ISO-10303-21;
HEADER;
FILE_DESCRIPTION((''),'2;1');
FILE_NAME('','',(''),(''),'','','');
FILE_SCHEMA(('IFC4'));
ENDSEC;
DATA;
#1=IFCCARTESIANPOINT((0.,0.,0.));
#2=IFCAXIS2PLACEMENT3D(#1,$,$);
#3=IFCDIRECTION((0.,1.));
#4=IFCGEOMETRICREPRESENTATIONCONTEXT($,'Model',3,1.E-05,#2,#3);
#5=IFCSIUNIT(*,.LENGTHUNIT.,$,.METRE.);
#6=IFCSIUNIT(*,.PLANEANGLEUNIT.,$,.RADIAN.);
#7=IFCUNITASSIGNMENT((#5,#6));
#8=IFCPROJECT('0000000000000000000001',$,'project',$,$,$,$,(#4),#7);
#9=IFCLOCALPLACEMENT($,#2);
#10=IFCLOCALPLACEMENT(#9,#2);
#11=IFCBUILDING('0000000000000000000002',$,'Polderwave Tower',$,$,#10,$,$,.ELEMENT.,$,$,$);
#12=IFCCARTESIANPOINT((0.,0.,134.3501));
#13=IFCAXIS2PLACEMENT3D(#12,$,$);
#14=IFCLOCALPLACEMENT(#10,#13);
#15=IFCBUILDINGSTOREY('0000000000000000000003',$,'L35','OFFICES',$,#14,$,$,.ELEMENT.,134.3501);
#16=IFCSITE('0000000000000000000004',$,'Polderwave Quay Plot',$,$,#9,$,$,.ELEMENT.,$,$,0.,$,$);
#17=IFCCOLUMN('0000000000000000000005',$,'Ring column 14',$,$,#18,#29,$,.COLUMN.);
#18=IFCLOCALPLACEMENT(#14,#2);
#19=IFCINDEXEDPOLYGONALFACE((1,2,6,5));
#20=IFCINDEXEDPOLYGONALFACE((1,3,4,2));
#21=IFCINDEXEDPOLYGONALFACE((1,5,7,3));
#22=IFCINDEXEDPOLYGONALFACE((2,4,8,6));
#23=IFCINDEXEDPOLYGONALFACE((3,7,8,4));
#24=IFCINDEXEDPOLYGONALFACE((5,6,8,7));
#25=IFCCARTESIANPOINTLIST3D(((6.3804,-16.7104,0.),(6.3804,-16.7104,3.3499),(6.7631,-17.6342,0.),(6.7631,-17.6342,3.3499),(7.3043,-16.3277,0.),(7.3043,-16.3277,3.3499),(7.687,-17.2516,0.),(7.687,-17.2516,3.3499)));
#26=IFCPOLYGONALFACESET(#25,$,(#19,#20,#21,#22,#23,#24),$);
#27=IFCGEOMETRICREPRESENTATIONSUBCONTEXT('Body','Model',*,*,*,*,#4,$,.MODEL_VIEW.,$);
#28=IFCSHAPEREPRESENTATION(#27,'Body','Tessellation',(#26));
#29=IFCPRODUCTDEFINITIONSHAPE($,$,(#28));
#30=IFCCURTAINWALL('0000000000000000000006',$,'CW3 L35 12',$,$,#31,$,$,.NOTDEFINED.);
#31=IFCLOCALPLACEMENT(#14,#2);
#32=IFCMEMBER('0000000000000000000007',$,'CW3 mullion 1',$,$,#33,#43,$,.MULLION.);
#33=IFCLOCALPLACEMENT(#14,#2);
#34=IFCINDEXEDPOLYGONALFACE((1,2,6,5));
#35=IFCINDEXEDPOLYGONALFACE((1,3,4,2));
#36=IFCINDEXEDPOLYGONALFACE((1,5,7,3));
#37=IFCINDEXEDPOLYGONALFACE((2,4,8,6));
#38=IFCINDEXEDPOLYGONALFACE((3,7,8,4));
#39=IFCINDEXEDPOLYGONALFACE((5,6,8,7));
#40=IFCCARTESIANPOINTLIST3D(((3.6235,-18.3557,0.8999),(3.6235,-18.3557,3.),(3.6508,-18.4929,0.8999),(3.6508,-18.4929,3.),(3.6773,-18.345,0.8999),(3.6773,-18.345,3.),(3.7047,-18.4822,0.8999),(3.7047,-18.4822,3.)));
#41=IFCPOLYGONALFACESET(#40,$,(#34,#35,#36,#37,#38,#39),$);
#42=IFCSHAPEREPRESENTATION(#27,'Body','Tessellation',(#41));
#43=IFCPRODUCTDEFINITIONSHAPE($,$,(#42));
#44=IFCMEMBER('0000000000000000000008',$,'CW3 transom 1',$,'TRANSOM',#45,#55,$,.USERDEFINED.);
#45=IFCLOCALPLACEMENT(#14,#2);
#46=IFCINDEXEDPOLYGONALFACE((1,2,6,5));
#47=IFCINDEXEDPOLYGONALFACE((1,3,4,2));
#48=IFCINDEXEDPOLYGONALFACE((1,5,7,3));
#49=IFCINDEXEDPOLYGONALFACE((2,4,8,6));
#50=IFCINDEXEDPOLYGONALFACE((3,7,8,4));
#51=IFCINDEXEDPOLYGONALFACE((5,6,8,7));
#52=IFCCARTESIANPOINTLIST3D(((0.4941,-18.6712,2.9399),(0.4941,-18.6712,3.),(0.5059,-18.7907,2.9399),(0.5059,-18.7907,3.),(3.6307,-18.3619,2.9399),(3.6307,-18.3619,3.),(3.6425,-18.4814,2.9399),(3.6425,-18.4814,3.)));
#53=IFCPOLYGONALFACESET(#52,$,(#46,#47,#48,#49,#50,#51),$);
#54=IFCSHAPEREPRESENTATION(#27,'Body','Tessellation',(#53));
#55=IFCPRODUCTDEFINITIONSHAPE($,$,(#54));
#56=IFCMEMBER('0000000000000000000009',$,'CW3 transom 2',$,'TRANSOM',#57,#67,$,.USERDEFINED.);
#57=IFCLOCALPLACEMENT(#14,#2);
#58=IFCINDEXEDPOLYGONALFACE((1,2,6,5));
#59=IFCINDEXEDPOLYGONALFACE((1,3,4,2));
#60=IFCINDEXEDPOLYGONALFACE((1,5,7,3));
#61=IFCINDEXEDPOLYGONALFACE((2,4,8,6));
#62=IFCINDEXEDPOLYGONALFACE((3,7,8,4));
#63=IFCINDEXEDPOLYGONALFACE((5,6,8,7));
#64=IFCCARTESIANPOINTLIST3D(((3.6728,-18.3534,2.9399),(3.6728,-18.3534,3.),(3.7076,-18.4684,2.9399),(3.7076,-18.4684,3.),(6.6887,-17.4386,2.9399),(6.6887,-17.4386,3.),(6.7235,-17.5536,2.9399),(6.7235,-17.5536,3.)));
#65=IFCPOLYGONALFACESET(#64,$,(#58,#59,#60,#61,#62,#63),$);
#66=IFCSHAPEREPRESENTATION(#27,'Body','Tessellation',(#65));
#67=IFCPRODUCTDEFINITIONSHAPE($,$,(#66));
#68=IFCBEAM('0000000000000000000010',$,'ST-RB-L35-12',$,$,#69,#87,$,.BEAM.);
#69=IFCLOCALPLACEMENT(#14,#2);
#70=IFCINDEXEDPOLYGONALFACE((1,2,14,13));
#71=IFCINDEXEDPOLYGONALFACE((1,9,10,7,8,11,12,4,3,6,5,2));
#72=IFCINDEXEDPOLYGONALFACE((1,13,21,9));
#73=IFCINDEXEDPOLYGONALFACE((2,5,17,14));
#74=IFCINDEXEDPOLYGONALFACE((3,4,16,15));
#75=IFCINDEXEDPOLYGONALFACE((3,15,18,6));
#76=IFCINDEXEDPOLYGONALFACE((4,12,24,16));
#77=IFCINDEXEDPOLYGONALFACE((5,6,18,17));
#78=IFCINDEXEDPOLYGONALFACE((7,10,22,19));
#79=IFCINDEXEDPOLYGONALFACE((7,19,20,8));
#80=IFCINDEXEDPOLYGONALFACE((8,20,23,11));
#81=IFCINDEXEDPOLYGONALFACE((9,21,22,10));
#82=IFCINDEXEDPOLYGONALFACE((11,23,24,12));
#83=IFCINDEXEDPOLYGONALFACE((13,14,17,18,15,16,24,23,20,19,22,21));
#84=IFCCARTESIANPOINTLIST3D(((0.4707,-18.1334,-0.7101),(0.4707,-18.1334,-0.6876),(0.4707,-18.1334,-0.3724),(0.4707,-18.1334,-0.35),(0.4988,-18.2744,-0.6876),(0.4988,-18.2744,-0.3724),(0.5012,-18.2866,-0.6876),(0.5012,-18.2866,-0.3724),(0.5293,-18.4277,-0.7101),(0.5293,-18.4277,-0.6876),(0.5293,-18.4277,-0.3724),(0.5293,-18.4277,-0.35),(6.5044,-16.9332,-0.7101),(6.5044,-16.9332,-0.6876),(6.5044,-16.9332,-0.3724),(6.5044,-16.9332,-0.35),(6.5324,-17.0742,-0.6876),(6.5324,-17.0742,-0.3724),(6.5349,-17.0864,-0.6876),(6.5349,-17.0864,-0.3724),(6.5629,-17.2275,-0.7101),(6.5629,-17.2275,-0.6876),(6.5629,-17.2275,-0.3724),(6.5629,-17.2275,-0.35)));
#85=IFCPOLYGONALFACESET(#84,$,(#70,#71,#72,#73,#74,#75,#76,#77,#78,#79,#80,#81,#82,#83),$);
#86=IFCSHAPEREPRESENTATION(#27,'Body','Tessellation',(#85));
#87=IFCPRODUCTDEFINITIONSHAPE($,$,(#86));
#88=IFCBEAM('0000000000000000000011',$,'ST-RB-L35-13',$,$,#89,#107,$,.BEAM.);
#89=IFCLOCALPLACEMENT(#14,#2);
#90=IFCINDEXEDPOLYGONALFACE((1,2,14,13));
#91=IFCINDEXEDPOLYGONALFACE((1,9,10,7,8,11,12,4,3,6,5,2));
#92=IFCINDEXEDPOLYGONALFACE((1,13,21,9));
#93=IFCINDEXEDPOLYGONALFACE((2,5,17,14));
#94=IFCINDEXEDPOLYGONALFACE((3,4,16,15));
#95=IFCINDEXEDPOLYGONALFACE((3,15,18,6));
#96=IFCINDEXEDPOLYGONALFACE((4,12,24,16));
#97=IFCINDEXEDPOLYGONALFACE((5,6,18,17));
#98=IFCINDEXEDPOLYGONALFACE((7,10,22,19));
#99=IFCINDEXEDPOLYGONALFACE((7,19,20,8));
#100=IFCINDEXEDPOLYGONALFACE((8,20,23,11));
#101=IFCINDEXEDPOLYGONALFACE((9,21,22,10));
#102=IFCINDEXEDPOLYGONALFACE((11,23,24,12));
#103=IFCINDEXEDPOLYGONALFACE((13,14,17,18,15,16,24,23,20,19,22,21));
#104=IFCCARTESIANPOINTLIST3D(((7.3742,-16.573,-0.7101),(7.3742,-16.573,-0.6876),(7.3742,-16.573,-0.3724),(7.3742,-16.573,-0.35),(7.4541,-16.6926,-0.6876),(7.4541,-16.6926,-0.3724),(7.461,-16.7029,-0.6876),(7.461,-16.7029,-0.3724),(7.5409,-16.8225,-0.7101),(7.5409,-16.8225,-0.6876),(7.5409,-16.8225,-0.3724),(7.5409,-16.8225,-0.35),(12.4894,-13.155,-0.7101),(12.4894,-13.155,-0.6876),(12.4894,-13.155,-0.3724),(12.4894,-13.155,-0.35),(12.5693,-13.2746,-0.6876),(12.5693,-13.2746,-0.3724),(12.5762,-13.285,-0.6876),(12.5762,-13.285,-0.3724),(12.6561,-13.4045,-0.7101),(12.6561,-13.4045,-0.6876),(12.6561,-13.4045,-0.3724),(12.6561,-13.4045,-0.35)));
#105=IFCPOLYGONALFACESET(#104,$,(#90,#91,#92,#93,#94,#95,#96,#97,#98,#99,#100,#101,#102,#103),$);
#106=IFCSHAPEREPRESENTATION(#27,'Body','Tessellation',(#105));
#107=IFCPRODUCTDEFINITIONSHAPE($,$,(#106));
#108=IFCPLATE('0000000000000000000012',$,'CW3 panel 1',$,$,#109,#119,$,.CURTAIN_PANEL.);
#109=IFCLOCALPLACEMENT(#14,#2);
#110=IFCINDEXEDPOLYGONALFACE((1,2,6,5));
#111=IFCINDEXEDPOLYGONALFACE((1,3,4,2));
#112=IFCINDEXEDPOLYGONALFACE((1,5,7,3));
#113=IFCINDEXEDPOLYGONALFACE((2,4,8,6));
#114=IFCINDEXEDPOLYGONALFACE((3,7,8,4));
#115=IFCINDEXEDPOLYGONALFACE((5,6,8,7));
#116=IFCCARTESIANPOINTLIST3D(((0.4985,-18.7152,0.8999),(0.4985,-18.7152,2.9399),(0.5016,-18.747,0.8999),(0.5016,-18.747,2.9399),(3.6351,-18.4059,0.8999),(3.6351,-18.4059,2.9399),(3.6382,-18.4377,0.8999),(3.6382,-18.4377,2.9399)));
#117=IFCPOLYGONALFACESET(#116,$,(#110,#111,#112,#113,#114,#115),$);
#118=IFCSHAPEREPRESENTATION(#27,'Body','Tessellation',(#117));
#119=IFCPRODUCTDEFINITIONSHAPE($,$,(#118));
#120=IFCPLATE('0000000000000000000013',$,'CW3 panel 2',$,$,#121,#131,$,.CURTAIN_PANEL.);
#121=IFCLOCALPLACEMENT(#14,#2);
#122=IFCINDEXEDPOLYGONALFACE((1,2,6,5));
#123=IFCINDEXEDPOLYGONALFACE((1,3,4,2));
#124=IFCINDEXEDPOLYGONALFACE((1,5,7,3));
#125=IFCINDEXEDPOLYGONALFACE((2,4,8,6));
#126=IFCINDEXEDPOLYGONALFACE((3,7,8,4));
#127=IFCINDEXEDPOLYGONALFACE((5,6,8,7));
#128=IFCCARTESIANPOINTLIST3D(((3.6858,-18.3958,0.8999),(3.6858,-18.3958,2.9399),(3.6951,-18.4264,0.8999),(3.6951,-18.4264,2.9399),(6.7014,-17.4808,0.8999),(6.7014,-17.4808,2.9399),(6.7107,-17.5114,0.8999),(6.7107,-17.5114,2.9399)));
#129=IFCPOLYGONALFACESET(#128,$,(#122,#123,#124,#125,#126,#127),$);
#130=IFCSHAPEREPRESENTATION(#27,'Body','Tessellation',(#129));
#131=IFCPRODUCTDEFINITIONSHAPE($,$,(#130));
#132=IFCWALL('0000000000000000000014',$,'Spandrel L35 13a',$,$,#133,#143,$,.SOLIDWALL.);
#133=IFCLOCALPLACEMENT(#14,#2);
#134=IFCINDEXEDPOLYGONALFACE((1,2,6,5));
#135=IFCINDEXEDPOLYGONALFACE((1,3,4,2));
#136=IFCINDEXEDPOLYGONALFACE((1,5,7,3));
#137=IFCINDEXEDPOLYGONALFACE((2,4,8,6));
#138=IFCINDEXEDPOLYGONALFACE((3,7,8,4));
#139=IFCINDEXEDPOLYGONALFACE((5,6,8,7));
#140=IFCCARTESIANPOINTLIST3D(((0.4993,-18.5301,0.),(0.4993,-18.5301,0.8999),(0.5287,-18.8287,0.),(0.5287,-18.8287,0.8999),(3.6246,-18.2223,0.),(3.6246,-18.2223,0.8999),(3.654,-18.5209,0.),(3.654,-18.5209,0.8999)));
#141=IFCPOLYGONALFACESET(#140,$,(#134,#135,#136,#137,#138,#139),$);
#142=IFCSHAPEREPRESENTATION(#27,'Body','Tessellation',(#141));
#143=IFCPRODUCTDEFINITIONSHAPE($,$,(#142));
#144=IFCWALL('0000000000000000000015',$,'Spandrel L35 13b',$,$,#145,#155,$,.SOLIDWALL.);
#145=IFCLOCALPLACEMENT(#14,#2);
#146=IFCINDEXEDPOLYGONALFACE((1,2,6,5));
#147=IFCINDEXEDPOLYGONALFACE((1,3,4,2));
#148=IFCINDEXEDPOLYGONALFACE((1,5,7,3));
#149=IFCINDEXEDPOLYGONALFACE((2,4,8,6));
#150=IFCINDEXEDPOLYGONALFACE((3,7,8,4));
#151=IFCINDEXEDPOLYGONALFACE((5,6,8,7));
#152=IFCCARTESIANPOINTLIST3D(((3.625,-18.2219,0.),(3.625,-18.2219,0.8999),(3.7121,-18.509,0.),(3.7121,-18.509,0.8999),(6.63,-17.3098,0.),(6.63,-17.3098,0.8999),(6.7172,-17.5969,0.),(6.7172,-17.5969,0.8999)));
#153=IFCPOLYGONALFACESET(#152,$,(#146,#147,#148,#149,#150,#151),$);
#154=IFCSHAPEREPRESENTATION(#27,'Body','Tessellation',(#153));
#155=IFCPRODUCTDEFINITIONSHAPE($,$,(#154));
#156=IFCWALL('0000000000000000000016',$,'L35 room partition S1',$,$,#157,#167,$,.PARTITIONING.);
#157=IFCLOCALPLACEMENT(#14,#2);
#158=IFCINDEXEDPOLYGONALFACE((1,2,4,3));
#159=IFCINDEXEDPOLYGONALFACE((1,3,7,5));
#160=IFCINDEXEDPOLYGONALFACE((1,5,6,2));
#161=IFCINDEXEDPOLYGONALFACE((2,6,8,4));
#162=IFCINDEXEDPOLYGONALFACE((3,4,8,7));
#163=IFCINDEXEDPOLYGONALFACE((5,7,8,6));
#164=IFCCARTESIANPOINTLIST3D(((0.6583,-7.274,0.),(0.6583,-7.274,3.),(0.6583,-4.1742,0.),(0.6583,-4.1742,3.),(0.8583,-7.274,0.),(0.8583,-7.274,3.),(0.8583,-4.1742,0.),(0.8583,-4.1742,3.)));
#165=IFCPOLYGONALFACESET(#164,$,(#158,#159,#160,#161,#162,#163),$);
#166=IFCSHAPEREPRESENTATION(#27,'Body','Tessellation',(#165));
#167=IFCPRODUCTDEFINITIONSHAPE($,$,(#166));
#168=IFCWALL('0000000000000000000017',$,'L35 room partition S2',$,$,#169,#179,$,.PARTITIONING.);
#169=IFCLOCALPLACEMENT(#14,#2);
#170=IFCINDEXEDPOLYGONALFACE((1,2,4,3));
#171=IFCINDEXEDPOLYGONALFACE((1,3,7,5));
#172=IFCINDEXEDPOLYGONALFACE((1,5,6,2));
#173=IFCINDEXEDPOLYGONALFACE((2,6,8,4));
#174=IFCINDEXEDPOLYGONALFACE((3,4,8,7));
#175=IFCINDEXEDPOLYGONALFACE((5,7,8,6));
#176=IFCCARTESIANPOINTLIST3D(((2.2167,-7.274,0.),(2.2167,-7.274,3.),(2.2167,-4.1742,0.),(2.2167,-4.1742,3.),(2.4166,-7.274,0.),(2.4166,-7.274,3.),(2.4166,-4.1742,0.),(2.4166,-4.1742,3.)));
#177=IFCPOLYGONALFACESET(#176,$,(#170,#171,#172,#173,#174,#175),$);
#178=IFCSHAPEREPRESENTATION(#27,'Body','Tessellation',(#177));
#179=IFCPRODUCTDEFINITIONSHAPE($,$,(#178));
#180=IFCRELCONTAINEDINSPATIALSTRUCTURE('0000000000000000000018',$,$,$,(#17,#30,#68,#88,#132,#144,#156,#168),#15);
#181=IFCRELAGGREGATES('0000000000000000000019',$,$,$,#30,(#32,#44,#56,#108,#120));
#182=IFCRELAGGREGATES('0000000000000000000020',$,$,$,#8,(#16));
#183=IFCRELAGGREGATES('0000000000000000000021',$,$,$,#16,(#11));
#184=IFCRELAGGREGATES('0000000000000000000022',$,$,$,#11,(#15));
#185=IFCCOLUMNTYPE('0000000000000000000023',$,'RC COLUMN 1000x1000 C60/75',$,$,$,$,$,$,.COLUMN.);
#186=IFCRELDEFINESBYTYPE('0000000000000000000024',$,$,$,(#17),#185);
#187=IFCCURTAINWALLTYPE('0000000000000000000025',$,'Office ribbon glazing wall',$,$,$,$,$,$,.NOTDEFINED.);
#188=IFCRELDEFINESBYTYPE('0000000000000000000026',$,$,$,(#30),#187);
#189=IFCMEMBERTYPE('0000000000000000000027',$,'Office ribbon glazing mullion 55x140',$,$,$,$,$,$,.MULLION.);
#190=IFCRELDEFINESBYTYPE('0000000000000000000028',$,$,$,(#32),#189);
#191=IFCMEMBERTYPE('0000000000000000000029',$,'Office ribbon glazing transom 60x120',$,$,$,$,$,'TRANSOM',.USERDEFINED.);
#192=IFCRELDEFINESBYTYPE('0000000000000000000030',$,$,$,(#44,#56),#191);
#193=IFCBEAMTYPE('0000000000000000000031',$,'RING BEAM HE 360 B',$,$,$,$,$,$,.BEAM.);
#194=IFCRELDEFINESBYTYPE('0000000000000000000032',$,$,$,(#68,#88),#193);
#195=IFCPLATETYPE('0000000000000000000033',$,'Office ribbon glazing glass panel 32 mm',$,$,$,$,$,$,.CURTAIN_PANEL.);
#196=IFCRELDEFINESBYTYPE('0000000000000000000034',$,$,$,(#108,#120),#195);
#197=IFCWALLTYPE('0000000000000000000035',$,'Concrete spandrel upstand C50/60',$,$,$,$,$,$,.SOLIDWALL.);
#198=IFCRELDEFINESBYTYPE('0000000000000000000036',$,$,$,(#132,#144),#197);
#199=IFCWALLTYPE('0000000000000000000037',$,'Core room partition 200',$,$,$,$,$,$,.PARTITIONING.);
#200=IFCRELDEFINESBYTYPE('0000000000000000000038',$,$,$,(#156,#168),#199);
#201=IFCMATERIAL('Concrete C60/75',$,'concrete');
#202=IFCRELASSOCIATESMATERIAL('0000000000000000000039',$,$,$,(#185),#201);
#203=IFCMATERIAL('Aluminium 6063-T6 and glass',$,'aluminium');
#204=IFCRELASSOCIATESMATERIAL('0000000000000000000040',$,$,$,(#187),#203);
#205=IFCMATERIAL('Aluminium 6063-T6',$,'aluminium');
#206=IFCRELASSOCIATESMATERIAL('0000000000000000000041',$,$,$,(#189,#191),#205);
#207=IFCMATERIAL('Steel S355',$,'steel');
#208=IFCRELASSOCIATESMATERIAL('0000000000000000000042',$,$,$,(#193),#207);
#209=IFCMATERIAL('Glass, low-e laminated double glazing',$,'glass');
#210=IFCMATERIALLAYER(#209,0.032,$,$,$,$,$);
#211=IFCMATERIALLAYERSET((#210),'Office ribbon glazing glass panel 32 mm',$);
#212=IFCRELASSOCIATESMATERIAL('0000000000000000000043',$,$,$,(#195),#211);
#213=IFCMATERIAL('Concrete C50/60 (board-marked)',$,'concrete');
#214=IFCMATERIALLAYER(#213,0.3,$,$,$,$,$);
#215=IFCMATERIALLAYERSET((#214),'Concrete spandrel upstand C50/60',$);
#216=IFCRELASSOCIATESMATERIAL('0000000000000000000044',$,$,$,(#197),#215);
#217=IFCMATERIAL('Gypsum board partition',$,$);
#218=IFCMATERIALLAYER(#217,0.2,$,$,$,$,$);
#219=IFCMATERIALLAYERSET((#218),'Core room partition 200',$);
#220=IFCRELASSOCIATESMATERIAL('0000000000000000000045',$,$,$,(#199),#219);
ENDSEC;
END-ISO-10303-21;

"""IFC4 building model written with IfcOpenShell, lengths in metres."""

from ifc_helpers import new_model, si_unit, direction, frame, frame_2d, origin, origin_2d, place, context, subcontext, project, spatial, rectangle, i_section, extrude, material, layer, layer_set, material_profile, profile_set, type_object, element, aggregate, save


model = new_model("IFC4")

# Units and contexts
model_context = context("Model", 3, precision=1e-05, world=origin(), true_north=direction((0.0, 1.0)))
body_context = subcontext(model_context, "Body", "Model", "MODEL_VIEW")
ifc_project = project(units=[si_unit("LENGTHUNIT", "METRE"), si_unit("PLANEANGLEUNIT", "RADIAN")], contexts=[model_context])

# Site, building, storey
site_placement = place(None, origin())
site = spatial("IfcSite", under=ifc_project, at=site_placement, Name="Polderwave Quay Plot", CompositionType="ELEMENT", RefElevation=0.0)
building_placement = place(site_placement, origin())
building = spatial("IfcBuilding", under=site, at=building_placement, Name="Polderwave Tower", CompositionType="ELEMENT")
storey_placement = place(building_placement, frame((0.0, 0.0, 134.3501)))
storey = spatial("IfcBuildingStorey", under=building, at=storey_placement, Name="L35", Description="OFFICES", CompositionType="ELEMENT", Elevation=134.3501)

# Column
ifc_material_1 = material(Name="Concrete C60/75", Category="concrete")
ifc_material_profile_1 = material_profile(ifc_material_1, rectangle(XDim=1.0, YDim=1.0, at=origin_2d()), Name="RC 1000x1000")
ifc_profile_set_1 = profile_set([ifc_material_profile_1], Name="Concrete C60/75")
column_type = type_object("IfcColumnType", Name="RC COLUMN 1000x1000 C60/75", PredefinedType="COLUMN", material=ifc_profile_set_1)
column_placement = place(storey_placement, frame((7.0337, -16.981, 0.0), z_axis=(0.0, 0.0, 1.0), x_axis=(0.382683, -0.92388, 0.0)))
element("IfcColumn", 1, at=column_placement, inside=storey, type_object=column_type, Name="Ring column 14", PredefinedType="COLUMN", context=body_context, shape_type="SweptSolid", body=[
    extrude(rectangle(XDim=1.0, YDim=1.0, at=origin_2d()), origin(), (0.0, 0.0, 1.0), 3.3499),
])

# Curtain wall, members
ifc_material_2 = material(Name="Aluminium 6063-T6 and glass", Category="aluminium")
curtain_wall_type = type_object("IfcCurtainWallType", Name="Office ribbon glazing wall", PredefinedType="NOTDEFINED", material=ifc_material_2)
curtain_wall_placement = place(storey_placement, origin())
curtain_wall = element("IfcCurtainWall", 2, at=curtain_wall_placement, inside=storey, type_object=curtain_wall_type, Name="CW3 L35 12", PredefinedType="NOTDEFINED")
ifc_material_3 = material(Name="Aluminium 6063-T6", Category="aluminium")
ifc_material_profile_2 = material_profile(ifc_material_3, rectangle(XDim=0.1399, YDim=0.0549, at=origin_2d()), Name="AL 55x140")
ifc_profile_set_2 = profile_set([ifc_material_profile_2], Name="Aluminium 6063-T6")
member_type_1 = type_object("IfcMemberType", Name="Office ribbon glazing mullion 55x140", PredefinedType="MULLION", material=ifc_profile_set_2)
member_1_placement = place(storey_placement, frame((3.6641, -18.4189, 0.8999), z_axis=(0.0, 0.0, 1.0), x_axis=(-0.195179, 0.980768, 0.0)))
member_1 = element("IfcMember", 3, at=member_1_placement, type_object=member_type_1, Name="CW3 mullion 1", PredefinedType="MULLION", context=body_context, shape_type="SweptSolid", body=[
    extrude(rectangle(XDim=0.1399, YDim=0.0549, at=origin_2d()), origin(), (0.0, 0.0, 1.0), 2.1001),
])
ifc_material_profile_3 = material_profile(ifc_material_3, rectangle(XDim=0.1201, YDim=0.0601, at=origin_2d()), Name="AL 60x120")
ifc_profile_set_3 = profile_set([ifc_material_profile_3], Name="Aluminium 6063-T6")
member_type_2 = type_object("IfcMemberType", Name="Office ribbon glazing transom 60x120", ElementType="TRANSOM", PredefinedType="USERDEFINED", material=ifc_profile_set_3)
member_2_placement = place(storey_placement, frame((0.5, -18.731, 2.97), z_axis=(0.995173, 0.098139, 0.0), x_axis=(-0.098139, 0.995173, 0.0)))
member_2 = element("IfcMember", 4, at=member_2_placement, type_object=member_type_2, Name="CW3 transom 1", ObjectType="TRANSOM", PredefinedType="USERDEFINED", context=body_context, shape_type="SweptSolid", body=[
    extrude(rectangle(XDim=0.1201, YDim=0.0601, at=origin_2d()), origin(), (0.0, 0.0, 1.0), 3.1519),
])
member_3_placement = place(storey_placement, frame((3.6902, -18.4109, 2.97), z_axis=(0.956946, 0.290268, 0.0), x_axis=(-0.290268, 0.956946, 0.0)))
member_3 = element("IfcMember", 5, at=member_3_placement, type_object=member_type_2, Name="CW3 transom 2", ObjectType="TRANSOM", PredefinedType="USERDEFINED", context=body_context, shape_type="SweptSolid", body=[
    extrude(rectangle(XDim=0.1201, YDim=0.0601, at=origin_2d()), origin(), (0.0, 0.0, 1.0), 3.1516),
])

# Beams
ifc_material_4 = material(Name="Steel S355", Category="steel")
ifc_material_profile_4 = material_profile(ifc_material_4, i_section(OverallWidth=0.3, OverallDepth=0.3601, WebThickness=0.0125, FlangeThickness=0.0225, at=origin_2d()), Name="HE 360 B")
ifc_profile_set_4 = profile_set([ifc_material_profile_4], Name="Steel S355")
beam_type = type_object("IfcBeamType", Name="RING BEAM HE 360 B", PredefinedType="BEAM", material=ifc_profile_set_4)
beam_1_placement = place(storey_placement, frame((0.5, -18.2805, -0.53), z_axis=(0.980785, 0.195093, 0.0), x_axis=(-0.195093, 0.980785, 0.0)))
element("IfcBeam", 6, at=beam_1_placement, inside=storey, type_object=beam_type, Name="ST-RB-L35-12", PredefinedType="BEAM", context=body_context, shape_type="SweptSolid", body=[
    extrude(i_section(OverallWidth=0.3, OverallDepth=0.3601, WebThickness=0.0125, FlangeThickness=0.0225, at=origin_2d()), origin(), (0.0, 0.0, 1.0), 6.1519),
])
beam_2_placement = place(storey_placement, frame((7.4575, -16.6978, -0.53), z_axis=(0.831464, 0.555579, 0.0), x_axis=(-0.555579, 0.831464, 0.0)))
element("IfcBeam", 7, at=beam_2_placement, inside=storey, type_object=beam_type, Name="ST-RB-L35-13", PredefinedType="BEAM", context=body_context, shape_type="SweptSolid", body=[
    extrude(i_section(OverallWidth=0.3, OverallDepth=0.3601, WebThickness=0.0125, FlangeThickness=0.0225, at=origin_2d()), origin(), (0.0, 0.0, 1.0), 6.1521),
])

# Plates
ifc_material_5 = material(Name="Glass, low-e laminated double glazing", Category="glass")
ifc_layer_1 = layer(ifc_material_5, 0.032)
ifc_layer_set_1 = layer_set([ifc_layer_1], Name="Office ribbon glazing glass panel 32 mm")
plate_type = type_object("IfcPlateType", Name="Office ribbon glazing glass panel 32 mm", PredefinedType="CURTAIN_PANEL", material=ifc_layer_set_1)
plate_1_placement = place(storey_placement, frame((2.0684, -18.5764, 0.8999), z_axis=(0.0, 0.0, 1.0), x_axis=(0.995173, 0.098134, 0.0)))
plate_1 = element("IfcPlate", 8, at=plate_1_placement, type_object=plate_type, Name="CW3 panel 1", PredefinedType="CURTAIN_PANEL", context=body_context, shape_type="SweptSolid", body=[
    extrude(rectangle(XDim=3.1519, YDim=0.032, at=origin_2d()), origin(), (0.0, 0.0, 1.0), 2.04),
])
plate_2_placement = place(storey_placement, frame((5.1982, -17.9536, 0.8999), z_axis=(0.0, 0.0, 1.0), x_axis=(0.956921, 0.290348, 0.0)))
plate_2 = element("IfcPlate", 9, at=plate_2_placement, type_object=plate_type, Name="CW3 panel 2", PredefinedType="CURTAIN_PANEL", context=body_context, shape_type="SweptSolid", body=[
    extrude(rectangle(XDim=3.1514, YDim=0.032, at=origin_2d()), origin(), (0.0, 0.0, 1.0), 2.04),
])
aggregate(curtain_wall, [member_1, member_2, member_3, plate_1, plate_2])

# Walls
ifc_material_6 = material(Name="Concrete C50/60 (board-marked)", Category="concrete")
ifc_layer_2 = layer(ifc_material_6, 0.3)
ifc_layer_set_2 = layer_set([ifc_layer_2], Name="Concrete spandrel upstand C50/60")
wall_type_1 = type_object("IfcWallType", Name="Concrete spandrel upstand C50/60", PredefinedType="SOLIDWALL", material=ifc_layer_set_2)
for number, where, z_axis, x_axis, name in (
    (10, (0.5139, -18.6794, 0.0), (0.0, 0.0, 1.0), (0.995183, 0.098033, 0.0), "Spandrel L35 13a"),
    (11, (3.6685, -18.3655, 0.0), (0.0, 0.0, 1.0), (0.956895, 0.290435, 0.0), "Spandrel L35 13b"),
):
    element("IfcWall", number, at=place(storey_placement, frame(where, z_axis=z_axis, x_axis=x_axis)), inside=storey, type_object=wall_type_1, Name=name, PredefinedType="SOLIDWALL", context=body_context, shape_type="SweptSolid", body=[
        extrude(rectangle(XDim=3.1404, YDim=0.3, at=frame_2d((1.5703, 0.0))), origin(), (0.0, 0.0, 1.0), 0.8999),
    ])
ifc_material_7 = material(Name="Gypsum board partition")
ifc_layer_3 = layer(ifc_material_7, 0.2)
ifc_layer_set_3 = layer_set([ifc_layer_3], Name="Core room partition 200")
wall_type_2 = type_object("IfcWallType", Name="Core room partition 200", PredefinedType="PARTITIONING", material=ifc_layer_set_3)
for number, where, z_axis, x_axis, name in (
    (12, (0.7583, -7.2739, 0.0), (0.0, 0.0, 1.0), (0.0, 1.0, 0.0), "L35 room partition S1"),
    (13, (2.3167, -7.2739, 0.0), (0.0, 0.0, 1.0), (0.0, 1.0, 0.0), "L35 room partition S2"),
):
    element("IfcWall", number, at=place(storey_placement, frame(where, z_axis=z_axis, x_axis=x_axis)), inside=storey, type_object=wall_type_2, Name=name, PredefinedType="PARTITIONING", context=body_context, shape_type="SweptSolid", body=[
        extrude(rectangle(XDim=3.0999, YDim=0.2, at=frame_2d((1.5498, 0.0))), origin(), (0.0, 0.0, 1.0), 3.0),
    ])

save(model, "model.ifc")
